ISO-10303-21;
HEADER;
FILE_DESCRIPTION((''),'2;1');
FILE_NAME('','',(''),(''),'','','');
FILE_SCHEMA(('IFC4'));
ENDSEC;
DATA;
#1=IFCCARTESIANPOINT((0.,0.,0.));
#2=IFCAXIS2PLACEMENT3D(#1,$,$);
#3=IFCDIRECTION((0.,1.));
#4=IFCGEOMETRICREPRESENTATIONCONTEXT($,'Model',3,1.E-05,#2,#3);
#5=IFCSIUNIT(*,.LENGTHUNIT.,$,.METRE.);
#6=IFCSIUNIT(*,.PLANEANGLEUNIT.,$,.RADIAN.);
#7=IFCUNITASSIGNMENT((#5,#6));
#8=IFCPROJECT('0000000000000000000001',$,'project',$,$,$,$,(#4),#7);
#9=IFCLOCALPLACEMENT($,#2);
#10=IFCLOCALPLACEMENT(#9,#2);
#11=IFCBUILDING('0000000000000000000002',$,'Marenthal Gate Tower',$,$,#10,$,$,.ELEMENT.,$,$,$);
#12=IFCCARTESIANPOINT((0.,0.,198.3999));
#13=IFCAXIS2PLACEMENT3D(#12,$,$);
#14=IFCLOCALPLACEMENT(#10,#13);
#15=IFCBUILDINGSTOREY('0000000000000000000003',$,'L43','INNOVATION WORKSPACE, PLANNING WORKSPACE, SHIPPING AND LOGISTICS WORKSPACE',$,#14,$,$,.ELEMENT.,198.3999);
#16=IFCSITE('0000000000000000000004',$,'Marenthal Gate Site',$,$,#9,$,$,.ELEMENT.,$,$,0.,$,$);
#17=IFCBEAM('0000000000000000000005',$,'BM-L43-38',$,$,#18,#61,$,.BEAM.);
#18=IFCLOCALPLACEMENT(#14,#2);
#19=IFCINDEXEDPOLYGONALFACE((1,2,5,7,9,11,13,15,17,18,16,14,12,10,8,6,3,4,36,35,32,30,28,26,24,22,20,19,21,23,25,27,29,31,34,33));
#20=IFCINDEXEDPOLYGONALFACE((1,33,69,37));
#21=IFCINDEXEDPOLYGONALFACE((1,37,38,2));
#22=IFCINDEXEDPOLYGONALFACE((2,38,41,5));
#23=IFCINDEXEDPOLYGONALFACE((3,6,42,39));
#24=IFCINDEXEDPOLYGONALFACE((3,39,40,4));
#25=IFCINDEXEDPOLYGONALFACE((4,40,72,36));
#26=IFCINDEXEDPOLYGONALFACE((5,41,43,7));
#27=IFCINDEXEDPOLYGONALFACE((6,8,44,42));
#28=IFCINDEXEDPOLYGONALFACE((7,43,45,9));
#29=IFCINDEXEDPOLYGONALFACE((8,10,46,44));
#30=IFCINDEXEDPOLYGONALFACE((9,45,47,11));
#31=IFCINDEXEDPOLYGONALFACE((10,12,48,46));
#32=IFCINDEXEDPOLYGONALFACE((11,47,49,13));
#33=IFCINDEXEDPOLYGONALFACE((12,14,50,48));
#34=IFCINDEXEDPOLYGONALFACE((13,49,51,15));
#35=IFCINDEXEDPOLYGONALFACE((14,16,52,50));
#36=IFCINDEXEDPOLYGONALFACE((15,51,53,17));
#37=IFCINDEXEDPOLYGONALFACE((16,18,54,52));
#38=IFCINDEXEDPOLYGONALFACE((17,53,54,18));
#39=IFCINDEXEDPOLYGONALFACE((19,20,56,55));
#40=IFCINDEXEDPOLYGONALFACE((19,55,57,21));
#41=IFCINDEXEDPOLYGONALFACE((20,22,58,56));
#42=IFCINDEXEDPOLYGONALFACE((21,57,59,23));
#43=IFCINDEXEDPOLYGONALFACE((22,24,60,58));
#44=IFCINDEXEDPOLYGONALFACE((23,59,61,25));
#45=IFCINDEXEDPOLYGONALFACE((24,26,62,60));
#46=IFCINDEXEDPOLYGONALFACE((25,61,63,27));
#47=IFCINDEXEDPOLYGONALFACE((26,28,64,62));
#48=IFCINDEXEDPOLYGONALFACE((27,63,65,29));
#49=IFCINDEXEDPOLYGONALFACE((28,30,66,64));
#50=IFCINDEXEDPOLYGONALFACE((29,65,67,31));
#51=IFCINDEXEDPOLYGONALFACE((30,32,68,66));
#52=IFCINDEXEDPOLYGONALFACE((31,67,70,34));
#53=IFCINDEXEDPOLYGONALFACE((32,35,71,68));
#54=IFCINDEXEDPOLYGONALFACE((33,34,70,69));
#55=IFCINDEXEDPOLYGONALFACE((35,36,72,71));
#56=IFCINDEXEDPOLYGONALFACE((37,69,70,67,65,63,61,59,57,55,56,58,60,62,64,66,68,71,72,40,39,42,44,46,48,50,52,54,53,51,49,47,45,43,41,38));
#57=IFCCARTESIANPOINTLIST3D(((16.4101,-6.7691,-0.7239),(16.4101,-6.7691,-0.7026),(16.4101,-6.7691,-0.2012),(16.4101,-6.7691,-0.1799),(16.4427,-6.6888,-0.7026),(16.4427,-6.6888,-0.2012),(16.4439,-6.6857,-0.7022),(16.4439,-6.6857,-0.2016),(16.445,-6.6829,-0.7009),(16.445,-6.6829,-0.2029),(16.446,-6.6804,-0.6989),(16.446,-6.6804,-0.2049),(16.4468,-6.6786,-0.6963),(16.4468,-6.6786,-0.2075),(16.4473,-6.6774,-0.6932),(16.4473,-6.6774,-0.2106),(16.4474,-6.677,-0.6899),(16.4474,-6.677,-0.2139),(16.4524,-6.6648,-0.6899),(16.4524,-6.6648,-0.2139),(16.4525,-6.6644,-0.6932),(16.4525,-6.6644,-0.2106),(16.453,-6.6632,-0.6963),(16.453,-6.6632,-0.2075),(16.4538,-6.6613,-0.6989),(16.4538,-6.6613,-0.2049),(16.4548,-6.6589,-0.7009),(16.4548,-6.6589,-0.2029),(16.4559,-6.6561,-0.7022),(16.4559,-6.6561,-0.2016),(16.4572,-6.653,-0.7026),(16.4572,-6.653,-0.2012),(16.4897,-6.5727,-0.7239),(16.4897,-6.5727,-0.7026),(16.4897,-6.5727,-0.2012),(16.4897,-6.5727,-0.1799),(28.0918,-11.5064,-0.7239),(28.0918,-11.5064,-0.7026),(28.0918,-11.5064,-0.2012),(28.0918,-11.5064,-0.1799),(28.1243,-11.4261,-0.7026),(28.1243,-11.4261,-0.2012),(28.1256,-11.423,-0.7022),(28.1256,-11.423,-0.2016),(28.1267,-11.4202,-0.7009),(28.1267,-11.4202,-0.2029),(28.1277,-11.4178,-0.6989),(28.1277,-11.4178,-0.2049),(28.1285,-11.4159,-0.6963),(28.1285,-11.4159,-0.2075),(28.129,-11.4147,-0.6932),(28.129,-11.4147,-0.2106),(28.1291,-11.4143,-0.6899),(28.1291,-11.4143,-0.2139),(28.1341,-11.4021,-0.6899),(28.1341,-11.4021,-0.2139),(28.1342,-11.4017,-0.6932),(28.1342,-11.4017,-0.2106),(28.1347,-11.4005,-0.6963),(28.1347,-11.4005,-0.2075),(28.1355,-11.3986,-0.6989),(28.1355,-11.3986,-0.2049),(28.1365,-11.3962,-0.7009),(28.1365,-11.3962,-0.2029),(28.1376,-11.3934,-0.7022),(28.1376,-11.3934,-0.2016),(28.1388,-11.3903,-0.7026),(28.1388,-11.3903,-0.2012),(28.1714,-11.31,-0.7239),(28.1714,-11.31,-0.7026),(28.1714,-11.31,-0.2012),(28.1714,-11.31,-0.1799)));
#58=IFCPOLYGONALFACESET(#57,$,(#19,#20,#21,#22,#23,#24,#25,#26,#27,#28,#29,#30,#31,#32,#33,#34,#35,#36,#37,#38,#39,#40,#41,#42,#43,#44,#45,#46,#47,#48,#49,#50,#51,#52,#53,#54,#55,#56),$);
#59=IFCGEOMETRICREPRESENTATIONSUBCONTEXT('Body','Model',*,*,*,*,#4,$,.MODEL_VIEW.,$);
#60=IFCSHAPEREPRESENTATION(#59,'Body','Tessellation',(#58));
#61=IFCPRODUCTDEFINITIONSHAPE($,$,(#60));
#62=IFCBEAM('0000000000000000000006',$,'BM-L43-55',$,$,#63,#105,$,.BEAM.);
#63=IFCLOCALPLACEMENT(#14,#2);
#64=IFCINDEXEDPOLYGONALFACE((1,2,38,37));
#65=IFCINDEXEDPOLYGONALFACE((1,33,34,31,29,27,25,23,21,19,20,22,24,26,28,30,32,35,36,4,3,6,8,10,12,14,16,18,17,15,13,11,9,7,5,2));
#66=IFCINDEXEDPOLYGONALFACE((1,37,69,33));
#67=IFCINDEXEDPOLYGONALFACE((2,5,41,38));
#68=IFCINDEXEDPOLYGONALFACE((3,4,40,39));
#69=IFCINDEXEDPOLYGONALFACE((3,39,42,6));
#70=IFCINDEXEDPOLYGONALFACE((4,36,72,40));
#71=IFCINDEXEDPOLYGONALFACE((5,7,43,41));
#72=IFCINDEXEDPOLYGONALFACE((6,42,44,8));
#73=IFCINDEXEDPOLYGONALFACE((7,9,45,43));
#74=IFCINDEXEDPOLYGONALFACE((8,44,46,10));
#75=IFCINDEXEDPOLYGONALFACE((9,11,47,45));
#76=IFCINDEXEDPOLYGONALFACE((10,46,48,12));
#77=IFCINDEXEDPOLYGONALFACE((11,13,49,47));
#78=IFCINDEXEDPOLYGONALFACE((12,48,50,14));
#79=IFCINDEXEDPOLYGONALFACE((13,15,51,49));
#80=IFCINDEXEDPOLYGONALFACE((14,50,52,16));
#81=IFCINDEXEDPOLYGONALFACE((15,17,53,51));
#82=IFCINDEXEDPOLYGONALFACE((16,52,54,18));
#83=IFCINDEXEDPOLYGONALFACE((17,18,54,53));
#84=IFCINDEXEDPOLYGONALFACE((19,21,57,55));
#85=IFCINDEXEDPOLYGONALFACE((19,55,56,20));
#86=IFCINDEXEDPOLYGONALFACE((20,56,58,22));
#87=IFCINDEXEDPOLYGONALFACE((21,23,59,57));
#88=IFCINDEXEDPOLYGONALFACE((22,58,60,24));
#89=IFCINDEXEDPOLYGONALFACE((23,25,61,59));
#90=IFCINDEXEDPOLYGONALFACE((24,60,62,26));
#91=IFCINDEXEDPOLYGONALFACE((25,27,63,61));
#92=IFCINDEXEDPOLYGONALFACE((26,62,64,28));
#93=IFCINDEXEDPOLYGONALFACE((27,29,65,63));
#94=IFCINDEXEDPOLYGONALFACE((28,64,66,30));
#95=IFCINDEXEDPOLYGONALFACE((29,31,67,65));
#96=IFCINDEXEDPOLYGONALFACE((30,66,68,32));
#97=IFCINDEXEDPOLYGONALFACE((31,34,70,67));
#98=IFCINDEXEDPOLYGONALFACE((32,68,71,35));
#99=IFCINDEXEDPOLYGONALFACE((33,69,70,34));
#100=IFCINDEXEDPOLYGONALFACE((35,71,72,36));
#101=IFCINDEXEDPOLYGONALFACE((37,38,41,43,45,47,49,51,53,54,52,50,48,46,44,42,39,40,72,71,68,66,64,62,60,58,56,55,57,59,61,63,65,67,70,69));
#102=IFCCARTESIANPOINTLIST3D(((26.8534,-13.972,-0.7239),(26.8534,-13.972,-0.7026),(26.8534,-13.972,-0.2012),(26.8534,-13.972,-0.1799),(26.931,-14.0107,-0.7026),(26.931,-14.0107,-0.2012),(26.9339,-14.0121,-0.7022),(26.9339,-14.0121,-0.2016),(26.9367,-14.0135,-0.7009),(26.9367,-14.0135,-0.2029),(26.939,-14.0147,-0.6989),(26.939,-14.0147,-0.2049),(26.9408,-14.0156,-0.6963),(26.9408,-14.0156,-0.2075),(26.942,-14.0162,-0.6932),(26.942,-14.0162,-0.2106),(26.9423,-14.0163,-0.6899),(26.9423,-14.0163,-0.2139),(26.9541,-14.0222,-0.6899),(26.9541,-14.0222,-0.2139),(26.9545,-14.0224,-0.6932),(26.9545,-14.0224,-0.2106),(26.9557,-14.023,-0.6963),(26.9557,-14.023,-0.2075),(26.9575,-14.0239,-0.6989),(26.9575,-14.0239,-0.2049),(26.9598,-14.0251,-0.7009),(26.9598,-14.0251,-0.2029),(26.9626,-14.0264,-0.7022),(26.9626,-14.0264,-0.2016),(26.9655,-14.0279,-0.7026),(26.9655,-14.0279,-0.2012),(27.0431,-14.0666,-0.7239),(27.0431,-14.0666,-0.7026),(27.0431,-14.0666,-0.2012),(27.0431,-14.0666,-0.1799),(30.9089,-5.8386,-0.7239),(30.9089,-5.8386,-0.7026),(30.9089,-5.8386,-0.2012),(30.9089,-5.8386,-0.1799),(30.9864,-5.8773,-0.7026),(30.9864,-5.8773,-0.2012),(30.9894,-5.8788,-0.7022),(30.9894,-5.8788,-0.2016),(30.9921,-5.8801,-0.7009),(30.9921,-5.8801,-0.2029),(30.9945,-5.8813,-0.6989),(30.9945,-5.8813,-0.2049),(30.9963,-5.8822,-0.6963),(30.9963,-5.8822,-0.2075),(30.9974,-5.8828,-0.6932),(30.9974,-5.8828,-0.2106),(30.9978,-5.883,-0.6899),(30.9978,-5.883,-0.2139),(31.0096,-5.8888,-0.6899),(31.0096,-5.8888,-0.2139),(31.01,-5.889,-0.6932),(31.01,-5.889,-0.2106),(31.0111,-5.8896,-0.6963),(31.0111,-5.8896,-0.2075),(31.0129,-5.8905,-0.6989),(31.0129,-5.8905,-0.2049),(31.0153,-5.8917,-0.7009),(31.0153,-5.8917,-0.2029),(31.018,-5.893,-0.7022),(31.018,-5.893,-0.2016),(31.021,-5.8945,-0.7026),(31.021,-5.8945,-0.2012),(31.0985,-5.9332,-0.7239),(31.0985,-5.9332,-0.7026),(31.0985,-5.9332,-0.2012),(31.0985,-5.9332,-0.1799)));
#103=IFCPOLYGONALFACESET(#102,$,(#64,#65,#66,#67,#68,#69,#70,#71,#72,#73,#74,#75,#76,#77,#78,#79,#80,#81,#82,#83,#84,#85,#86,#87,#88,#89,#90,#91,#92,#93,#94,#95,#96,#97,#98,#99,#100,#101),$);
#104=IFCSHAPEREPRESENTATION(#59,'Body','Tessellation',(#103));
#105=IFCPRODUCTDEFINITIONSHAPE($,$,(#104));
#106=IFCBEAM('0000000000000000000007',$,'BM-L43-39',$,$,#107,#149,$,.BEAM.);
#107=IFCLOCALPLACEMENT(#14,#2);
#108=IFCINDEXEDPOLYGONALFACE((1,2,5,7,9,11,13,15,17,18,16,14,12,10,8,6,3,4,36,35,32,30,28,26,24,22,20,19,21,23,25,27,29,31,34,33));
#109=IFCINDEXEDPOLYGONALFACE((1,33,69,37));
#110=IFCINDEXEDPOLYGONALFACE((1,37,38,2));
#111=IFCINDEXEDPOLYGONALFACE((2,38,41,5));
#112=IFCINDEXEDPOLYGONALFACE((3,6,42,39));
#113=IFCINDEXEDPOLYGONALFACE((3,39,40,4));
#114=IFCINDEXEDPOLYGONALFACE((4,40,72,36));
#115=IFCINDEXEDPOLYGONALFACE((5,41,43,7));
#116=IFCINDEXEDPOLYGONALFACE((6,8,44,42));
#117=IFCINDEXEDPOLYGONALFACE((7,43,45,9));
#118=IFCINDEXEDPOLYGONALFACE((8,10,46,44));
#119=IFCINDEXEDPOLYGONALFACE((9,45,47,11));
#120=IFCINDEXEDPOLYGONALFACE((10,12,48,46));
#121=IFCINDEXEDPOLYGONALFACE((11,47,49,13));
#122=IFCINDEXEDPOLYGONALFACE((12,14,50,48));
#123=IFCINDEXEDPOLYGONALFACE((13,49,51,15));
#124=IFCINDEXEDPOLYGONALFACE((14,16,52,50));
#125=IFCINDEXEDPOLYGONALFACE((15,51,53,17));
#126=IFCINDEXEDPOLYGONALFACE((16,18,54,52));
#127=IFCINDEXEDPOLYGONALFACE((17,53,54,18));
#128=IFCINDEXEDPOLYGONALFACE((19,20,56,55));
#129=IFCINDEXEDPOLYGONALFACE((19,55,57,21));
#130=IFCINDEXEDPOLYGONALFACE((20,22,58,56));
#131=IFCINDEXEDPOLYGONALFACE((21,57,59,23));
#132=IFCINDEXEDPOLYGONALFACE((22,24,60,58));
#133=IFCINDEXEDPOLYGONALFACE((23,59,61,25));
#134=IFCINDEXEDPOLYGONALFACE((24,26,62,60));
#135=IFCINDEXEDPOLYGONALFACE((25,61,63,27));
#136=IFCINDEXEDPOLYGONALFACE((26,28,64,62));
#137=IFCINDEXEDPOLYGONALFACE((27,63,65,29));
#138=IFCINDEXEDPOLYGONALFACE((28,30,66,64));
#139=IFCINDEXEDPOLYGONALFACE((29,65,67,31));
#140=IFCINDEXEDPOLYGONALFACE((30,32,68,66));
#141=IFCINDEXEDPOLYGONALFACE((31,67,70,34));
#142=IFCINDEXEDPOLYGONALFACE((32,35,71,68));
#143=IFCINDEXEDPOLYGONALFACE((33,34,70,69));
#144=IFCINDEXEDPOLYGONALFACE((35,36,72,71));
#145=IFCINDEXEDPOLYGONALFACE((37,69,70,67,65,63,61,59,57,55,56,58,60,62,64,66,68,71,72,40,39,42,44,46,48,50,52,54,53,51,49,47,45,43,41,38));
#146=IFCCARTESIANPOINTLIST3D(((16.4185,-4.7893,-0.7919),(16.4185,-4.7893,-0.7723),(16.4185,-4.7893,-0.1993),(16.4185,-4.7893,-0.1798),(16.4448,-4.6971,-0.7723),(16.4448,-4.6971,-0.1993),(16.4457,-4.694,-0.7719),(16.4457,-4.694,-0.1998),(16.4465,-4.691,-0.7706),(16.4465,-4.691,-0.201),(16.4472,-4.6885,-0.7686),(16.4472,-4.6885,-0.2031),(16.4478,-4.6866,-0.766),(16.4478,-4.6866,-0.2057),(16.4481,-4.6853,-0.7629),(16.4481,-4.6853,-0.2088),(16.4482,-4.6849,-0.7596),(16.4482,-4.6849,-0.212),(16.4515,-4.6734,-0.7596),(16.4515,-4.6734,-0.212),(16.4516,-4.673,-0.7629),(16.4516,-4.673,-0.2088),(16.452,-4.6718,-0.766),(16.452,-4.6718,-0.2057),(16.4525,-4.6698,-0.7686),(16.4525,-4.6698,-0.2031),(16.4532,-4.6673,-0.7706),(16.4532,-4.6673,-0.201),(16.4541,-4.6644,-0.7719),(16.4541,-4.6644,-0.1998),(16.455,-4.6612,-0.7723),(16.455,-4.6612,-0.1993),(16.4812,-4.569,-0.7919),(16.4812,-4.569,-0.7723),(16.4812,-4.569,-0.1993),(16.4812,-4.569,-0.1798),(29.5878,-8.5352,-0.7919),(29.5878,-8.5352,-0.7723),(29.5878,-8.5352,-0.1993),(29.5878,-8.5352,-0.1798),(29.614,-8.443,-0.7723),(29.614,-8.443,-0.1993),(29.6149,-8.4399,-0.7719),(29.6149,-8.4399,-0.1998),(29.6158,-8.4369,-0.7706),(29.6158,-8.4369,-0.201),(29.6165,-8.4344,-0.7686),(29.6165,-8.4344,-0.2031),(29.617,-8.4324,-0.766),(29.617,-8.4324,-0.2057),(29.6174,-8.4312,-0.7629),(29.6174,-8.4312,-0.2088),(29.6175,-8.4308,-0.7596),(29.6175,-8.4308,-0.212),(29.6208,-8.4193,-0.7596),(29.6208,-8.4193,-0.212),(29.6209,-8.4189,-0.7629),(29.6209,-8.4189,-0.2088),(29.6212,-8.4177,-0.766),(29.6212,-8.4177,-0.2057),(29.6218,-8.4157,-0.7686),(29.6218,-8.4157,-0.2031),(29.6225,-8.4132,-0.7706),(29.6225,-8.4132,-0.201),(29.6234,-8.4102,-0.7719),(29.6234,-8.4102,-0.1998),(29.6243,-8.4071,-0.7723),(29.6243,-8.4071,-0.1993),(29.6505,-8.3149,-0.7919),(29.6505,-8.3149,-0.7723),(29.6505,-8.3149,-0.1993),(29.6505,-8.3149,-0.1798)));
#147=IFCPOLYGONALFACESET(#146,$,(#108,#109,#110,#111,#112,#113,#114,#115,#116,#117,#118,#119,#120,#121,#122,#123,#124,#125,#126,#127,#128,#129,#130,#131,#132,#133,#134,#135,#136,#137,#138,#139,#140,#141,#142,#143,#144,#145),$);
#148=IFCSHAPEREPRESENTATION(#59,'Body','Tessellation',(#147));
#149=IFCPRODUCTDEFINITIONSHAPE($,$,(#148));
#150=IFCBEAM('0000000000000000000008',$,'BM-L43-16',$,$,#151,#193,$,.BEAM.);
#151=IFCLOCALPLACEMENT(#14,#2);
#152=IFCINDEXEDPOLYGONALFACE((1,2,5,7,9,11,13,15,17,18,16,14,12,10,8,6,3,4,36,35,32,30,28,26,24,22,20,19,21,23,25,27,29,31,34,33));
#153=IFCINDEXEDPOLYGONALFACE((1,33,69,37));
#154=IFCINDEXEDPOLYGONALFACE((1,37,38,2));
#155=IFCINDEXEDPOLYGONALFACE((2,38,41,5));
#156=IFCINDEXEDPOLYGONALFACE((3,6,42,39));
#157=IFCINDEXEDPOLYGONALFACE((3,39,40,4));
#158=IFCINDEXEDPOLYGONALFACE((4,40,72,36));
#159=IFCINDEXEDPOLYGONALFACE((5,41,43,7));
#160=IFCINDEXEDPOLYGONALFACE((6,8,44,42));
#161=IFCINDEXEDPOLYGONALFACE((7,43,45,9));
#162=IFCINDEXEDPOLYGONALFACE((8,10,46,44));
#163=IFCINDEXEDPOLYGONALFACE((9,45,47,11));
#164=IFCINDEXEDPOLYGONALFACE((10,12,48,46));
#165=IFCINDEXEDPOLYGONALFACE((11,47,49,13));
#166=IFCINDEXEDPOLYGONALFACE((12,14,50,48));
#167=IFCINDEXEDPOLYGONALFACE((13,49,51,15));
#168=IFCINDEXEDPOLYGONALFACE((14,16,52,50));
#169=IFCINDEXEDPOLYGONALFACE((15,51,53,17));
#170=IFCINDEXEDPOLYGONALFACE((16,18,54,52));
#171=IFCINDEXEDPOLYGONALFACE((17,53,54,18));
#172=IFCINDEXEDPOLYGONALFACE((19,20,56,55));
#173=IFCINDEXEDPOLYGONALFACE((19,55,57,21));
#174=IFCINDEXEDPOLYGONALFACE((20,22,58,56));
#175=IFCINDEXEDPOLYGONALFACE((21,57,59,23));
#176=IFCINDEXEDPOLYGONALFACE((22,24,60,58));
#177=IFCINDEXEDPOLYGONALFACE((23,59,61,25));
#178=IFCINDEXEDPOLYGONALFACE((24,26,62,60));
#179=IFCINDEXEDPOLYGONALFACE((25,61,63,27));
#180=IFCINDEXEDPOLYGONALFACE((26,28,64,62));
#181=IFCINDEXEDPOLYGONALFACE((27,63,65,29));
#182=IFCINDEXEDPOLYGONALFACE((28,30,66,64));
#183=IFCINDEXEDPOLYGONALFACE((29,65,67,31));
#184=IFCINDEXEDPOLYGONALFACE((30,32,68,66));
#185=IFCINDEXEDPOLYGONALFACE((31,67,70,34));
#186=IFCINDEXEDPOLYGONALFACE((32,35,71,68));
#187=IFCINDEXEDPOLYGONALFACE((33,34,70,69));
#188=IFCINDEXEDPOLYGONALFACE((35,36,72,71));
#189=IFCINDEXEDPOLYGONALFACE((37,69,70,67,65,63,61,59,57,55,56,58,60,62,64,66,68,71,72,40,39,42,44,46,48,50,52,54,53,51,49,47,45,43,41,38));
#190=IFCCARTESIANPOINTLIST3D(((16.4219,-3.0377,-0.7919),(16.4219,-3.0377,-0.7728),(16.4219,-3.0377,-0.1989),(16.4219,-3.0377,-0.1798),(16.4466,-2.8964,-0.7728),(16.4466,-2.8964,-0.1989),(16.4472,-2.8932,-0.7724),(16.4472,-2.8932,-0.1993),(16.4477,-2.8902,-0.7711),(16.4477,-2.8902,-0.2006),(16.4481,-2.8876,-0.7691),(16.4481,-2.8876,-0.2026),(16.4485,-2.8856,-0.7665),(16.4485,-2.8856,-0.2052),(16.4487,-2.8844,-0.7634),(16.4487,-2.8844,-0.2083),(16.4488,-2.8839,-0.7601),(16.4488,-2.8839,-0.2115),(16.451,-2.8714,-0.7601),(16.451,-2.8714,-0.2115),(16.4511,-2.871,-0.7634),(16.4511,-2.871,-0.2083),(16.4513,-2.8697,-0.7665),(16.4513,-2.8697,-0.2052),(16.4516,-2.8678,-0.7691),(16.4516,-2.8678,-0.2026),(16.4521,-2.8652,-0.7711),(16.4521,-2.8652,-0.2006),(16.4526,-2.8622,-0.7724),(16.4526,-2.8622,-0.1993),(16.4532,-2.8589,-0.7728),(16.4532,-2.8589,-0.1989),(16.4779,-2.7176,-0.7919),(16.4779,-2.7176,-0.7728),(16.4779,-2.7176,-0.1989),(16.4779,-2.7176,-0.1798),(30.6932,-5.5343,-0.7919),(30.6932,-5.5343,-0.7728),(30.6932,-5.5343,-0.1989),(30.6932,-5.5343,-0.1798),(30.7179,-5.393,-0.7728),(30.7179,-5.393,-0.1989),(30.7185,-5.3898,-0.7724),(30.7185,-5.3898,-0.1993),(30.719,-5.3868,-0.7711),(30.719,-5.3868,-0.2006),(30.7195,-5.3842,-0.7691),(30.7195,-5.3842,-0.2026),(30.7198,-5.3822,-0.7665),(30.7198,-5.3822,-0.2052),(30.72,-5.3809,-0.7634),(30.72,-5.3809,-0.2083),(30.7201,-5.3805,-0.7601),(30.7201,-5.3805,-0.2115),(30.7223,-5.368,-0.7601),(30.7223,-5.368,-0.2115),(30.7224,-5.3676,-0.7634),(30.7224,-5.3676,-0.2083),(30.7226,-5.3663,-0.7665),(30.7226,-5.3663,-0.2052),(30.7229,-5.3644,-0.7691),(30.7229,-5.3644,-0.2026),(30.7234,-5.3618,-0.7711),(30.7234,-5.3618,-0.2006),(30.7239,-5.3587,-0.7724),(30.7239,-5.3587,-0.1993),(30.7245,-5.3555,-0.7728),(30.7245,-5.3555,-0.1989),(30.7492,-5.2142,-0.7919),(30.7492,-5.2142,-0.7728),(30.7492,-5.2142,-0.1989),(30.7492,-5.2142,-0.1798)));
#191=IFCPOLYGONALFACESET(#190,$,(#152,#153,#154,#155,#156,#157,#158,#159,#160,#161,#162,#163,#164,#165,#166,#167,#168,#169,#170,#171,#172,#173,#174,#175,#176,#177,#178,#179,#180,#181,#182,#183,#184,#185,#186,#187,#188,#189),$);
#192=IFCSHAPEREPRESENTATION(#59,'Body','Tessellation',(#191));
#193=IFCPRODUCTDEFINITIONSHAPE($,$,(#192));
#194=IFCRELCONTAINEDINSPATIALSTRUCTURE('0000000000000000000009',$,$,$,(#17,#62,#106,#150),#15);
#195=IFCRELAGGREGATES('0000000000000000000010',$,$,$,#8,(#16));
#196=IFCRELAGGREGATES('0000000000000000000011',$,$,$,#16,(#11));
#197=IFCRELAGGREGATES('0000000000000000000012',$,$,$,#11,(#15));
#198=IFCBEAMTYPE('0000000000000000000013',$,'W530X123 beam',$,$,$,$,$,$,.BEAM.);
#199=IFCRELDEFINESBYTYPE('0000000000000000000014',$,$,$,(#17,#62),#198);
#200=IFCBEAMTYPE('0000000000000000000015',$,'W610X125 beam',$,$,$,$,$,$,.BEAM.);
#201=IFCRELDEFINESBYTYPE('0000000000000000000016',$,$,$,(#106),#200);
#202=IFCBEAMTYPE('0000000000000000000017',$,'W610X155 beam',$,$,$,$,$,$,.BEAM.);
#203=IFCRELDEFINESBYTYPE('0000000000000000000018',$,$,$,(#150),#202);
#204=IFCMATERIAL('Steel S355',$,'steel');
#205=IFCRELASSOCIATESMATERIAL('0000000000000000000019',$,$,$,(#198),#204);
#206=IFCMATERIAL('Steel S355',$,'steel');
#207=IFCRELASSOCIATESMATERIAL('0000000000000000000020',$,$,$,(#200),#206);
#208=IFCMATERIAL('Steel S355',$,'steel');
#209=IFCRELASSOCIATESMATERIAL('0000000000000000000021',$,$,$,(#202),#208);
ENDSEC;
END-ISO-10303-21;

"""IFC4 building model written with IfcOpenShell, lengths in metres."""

from ifc_helpers import new_model, si_unit, direction, frame, origin, origin_2d, place, context, subcontext, project, spatial, i_section, extrude, material, material_profile, profile_set, type_object, element, save


model = new_model("IFC4")

# Units and contexts
model_context = context("Model", 3, precision=1e-05, world=origin(), true_north=direction((0.0, 1.0)))
body_context = subcontext(model_context, "Body", "Model", "MODEL_VIEW")
ifc_project = project(units=[si_unit("LENGTHUNIT", "METRE"), si_unit("PLANEANGLEUNIT", "RADIAN")], contexts=[model_context])

# Site, building, storey
site_placement = place(None, origin())
site = spatial("IfcSite", under=ifc_project, at=site_placement, Name="Marenthal Gate Site", CompositionType="ELEMENT", RefElevation=0.0)
building_placement = place(site_placement, origin())
building = spatial("IfcBuilding", under=site, at=building_placement, Name="Marenthal Gate Tower", CompositionType="ELEMENT")
storey_placement = place(building_placement, frame((0.0, 0.0, 198.3999)))
storey = spatial("IfcBuildingStorey", under=building, at=storey_placement, Name="L43", Description="INNOVATION WORKSPACE, PLANNING WORKSPACE, SHIPPING AND LOGISTICS WORKSPACE", CompositionType="ELEMENT", Elevation=198.3999)

# Beams
ifc_material_1 = material(Name="Steel S355", Category="steel")
ifc_material_profile_1 = material_profile(ifc_material_1, i_section(OverallWidth=0.2119, OverallDepth=0.5439, WebThickness=0.0132, FlangeThickness=0.0212, FilletRadius=0.0127, at=origin_2d()), Name="W530X123")
ifc_profile_set_1 = profile_set([ifc_material_profile_1], Name="Steel S355")
beam_type_1 = type_object("IfcBeamType", Name="W530X123 beam", PredefinedType="BEAM", material=ifc_profile_set_1)
beam_1_placement = place(storey_placement, frame((28.1316, -11.4082, -0.4519), z_axis=(-0.926698, 0.375808, 0.0), x_axis=(-0.375808, -0.926698, 0.0)))
element("IfcBeam", 1, at=beam_1_placement, inside=storey, type_object=beam_type_1, Name="BM-L43-38", PredefinedType="BEAM", context=body_context, shape_type="SweptSolid", body=[
    extrude(i_section(OverallWidth=0.2119, OverallDepth=0.5439, WebThickness=0.0132, FlangeThickness=0.0212, FilletRadius=0.0127, at=origin_2d()), origin(), (0.0, 0.0, 1.0), 12.6057),
])
beam_2_placement = place(storey_placement, frame((26.9482, -14.0193, -0.4519), z_axis=(0.446225, 0.894921, 0.0), x_axis=(-0.894921, 0.446225, 0.0)))
element("IfcBeam", 2, at=beam_2_placement, inside=storey, type_object=beam_type_1, Name="BM-L43-55", PredefinedType="BEAM", context=body_context, shape_type="SweptSolid", body=[
    extrude(i_section(OverallWidth=0.2119, OverallDepth=0.5439, WebThickness=0.0132, FlangeThickness=0.0212, FilletRadius=0.0127, at=origin_2d()), origin(), (0.0, 0.0, 1.0), 9.0884),
])
ifc_material_2 = material(Name="Steel S355", Category="steel")
ifc_material_profile_2 = material_profile(ifc_material_2, i_section(OverallWidth=0.229, OverallDepth=0.6121, WebThickness=0.012, FlangeThickness=0.0195, FilletRadius=0.0127, at=origin_2d()), Name="W610X125")
ifc_profile_set_2 = profile_set([ifc_material_profile_2], Name="Steel S355")
beam_type_2 = type_object("IfcBeamType", Name="W610X125 beam", PredefinedType="BEAM", material=ifc_profile_set_2)
beam_3_placement = place(storey_placement, frame((29.6191, -8.425, -0.4858), z_axis=(-0.961847, 0.273588, 0.0), x_axis=(-0.273588, -0.961847, 0.0)))
element("IfcBeam", 3, at=beam_3_placement, inside=storey, type_object=beam_type_2, Name="BM-L43-39", PredefinedType="BEAM", context=body_context, shape_type="SweptSolid", body=[
    extrude(i_section(OverallWidth=0.229, OverallDepth=0.6121, WebThickness=0.012, FlangeThickness=0.0195, FilletRadius=0.0127, at=origin_2d()), origin(), (0.0, 0.0, 1.0), 13.6917),
])
ifc_material_3 = material(Name="Steel S355", Category="steel")
ifc_material_profile_3 = material_profile(ifc_material_3, i_section(OverallWidth=0.325, OverallDepth=0.6121, WebThickness=0.0127, FlangeThickness=0.019, FilletRadius=0.0127, at=origin_2d()), Name="W610X155")
ifc_profile_set_3 = profile_set([ifc_material_profile_3], Name="Steel S355")
beam_type_3 = type_object("IfcBeamType", Name="W610X155 beam", PredefinedType="BEAM", material=ifc_profile_set_3)
beam_4_placement = place(storey_placement, frame((30.7212, -5.3743, -0.4858), z_axis=(-0.985041, 0.172321, 0.0), x_axis=(-0.172321, -0.985041, 0.0)))
element("IfcBeam", 4, at=beam_4_placement, inside=storey, type_object=beam_type_3, Name="BM-L43-16", PredefinedType="BEAM", context=body_context, shape_type="SweptSolid", body=[
    extrude(i_section(OverallWidth=0.325, OverallDepth=0.6121, WebThickness=0.0127, FlangeThickness=0.019, FilletRadius=0.0127, at=origin_2d()), origin(), (0.0, 0.0, 1.0), 14.488),
])

save(model, "model.ifc")
